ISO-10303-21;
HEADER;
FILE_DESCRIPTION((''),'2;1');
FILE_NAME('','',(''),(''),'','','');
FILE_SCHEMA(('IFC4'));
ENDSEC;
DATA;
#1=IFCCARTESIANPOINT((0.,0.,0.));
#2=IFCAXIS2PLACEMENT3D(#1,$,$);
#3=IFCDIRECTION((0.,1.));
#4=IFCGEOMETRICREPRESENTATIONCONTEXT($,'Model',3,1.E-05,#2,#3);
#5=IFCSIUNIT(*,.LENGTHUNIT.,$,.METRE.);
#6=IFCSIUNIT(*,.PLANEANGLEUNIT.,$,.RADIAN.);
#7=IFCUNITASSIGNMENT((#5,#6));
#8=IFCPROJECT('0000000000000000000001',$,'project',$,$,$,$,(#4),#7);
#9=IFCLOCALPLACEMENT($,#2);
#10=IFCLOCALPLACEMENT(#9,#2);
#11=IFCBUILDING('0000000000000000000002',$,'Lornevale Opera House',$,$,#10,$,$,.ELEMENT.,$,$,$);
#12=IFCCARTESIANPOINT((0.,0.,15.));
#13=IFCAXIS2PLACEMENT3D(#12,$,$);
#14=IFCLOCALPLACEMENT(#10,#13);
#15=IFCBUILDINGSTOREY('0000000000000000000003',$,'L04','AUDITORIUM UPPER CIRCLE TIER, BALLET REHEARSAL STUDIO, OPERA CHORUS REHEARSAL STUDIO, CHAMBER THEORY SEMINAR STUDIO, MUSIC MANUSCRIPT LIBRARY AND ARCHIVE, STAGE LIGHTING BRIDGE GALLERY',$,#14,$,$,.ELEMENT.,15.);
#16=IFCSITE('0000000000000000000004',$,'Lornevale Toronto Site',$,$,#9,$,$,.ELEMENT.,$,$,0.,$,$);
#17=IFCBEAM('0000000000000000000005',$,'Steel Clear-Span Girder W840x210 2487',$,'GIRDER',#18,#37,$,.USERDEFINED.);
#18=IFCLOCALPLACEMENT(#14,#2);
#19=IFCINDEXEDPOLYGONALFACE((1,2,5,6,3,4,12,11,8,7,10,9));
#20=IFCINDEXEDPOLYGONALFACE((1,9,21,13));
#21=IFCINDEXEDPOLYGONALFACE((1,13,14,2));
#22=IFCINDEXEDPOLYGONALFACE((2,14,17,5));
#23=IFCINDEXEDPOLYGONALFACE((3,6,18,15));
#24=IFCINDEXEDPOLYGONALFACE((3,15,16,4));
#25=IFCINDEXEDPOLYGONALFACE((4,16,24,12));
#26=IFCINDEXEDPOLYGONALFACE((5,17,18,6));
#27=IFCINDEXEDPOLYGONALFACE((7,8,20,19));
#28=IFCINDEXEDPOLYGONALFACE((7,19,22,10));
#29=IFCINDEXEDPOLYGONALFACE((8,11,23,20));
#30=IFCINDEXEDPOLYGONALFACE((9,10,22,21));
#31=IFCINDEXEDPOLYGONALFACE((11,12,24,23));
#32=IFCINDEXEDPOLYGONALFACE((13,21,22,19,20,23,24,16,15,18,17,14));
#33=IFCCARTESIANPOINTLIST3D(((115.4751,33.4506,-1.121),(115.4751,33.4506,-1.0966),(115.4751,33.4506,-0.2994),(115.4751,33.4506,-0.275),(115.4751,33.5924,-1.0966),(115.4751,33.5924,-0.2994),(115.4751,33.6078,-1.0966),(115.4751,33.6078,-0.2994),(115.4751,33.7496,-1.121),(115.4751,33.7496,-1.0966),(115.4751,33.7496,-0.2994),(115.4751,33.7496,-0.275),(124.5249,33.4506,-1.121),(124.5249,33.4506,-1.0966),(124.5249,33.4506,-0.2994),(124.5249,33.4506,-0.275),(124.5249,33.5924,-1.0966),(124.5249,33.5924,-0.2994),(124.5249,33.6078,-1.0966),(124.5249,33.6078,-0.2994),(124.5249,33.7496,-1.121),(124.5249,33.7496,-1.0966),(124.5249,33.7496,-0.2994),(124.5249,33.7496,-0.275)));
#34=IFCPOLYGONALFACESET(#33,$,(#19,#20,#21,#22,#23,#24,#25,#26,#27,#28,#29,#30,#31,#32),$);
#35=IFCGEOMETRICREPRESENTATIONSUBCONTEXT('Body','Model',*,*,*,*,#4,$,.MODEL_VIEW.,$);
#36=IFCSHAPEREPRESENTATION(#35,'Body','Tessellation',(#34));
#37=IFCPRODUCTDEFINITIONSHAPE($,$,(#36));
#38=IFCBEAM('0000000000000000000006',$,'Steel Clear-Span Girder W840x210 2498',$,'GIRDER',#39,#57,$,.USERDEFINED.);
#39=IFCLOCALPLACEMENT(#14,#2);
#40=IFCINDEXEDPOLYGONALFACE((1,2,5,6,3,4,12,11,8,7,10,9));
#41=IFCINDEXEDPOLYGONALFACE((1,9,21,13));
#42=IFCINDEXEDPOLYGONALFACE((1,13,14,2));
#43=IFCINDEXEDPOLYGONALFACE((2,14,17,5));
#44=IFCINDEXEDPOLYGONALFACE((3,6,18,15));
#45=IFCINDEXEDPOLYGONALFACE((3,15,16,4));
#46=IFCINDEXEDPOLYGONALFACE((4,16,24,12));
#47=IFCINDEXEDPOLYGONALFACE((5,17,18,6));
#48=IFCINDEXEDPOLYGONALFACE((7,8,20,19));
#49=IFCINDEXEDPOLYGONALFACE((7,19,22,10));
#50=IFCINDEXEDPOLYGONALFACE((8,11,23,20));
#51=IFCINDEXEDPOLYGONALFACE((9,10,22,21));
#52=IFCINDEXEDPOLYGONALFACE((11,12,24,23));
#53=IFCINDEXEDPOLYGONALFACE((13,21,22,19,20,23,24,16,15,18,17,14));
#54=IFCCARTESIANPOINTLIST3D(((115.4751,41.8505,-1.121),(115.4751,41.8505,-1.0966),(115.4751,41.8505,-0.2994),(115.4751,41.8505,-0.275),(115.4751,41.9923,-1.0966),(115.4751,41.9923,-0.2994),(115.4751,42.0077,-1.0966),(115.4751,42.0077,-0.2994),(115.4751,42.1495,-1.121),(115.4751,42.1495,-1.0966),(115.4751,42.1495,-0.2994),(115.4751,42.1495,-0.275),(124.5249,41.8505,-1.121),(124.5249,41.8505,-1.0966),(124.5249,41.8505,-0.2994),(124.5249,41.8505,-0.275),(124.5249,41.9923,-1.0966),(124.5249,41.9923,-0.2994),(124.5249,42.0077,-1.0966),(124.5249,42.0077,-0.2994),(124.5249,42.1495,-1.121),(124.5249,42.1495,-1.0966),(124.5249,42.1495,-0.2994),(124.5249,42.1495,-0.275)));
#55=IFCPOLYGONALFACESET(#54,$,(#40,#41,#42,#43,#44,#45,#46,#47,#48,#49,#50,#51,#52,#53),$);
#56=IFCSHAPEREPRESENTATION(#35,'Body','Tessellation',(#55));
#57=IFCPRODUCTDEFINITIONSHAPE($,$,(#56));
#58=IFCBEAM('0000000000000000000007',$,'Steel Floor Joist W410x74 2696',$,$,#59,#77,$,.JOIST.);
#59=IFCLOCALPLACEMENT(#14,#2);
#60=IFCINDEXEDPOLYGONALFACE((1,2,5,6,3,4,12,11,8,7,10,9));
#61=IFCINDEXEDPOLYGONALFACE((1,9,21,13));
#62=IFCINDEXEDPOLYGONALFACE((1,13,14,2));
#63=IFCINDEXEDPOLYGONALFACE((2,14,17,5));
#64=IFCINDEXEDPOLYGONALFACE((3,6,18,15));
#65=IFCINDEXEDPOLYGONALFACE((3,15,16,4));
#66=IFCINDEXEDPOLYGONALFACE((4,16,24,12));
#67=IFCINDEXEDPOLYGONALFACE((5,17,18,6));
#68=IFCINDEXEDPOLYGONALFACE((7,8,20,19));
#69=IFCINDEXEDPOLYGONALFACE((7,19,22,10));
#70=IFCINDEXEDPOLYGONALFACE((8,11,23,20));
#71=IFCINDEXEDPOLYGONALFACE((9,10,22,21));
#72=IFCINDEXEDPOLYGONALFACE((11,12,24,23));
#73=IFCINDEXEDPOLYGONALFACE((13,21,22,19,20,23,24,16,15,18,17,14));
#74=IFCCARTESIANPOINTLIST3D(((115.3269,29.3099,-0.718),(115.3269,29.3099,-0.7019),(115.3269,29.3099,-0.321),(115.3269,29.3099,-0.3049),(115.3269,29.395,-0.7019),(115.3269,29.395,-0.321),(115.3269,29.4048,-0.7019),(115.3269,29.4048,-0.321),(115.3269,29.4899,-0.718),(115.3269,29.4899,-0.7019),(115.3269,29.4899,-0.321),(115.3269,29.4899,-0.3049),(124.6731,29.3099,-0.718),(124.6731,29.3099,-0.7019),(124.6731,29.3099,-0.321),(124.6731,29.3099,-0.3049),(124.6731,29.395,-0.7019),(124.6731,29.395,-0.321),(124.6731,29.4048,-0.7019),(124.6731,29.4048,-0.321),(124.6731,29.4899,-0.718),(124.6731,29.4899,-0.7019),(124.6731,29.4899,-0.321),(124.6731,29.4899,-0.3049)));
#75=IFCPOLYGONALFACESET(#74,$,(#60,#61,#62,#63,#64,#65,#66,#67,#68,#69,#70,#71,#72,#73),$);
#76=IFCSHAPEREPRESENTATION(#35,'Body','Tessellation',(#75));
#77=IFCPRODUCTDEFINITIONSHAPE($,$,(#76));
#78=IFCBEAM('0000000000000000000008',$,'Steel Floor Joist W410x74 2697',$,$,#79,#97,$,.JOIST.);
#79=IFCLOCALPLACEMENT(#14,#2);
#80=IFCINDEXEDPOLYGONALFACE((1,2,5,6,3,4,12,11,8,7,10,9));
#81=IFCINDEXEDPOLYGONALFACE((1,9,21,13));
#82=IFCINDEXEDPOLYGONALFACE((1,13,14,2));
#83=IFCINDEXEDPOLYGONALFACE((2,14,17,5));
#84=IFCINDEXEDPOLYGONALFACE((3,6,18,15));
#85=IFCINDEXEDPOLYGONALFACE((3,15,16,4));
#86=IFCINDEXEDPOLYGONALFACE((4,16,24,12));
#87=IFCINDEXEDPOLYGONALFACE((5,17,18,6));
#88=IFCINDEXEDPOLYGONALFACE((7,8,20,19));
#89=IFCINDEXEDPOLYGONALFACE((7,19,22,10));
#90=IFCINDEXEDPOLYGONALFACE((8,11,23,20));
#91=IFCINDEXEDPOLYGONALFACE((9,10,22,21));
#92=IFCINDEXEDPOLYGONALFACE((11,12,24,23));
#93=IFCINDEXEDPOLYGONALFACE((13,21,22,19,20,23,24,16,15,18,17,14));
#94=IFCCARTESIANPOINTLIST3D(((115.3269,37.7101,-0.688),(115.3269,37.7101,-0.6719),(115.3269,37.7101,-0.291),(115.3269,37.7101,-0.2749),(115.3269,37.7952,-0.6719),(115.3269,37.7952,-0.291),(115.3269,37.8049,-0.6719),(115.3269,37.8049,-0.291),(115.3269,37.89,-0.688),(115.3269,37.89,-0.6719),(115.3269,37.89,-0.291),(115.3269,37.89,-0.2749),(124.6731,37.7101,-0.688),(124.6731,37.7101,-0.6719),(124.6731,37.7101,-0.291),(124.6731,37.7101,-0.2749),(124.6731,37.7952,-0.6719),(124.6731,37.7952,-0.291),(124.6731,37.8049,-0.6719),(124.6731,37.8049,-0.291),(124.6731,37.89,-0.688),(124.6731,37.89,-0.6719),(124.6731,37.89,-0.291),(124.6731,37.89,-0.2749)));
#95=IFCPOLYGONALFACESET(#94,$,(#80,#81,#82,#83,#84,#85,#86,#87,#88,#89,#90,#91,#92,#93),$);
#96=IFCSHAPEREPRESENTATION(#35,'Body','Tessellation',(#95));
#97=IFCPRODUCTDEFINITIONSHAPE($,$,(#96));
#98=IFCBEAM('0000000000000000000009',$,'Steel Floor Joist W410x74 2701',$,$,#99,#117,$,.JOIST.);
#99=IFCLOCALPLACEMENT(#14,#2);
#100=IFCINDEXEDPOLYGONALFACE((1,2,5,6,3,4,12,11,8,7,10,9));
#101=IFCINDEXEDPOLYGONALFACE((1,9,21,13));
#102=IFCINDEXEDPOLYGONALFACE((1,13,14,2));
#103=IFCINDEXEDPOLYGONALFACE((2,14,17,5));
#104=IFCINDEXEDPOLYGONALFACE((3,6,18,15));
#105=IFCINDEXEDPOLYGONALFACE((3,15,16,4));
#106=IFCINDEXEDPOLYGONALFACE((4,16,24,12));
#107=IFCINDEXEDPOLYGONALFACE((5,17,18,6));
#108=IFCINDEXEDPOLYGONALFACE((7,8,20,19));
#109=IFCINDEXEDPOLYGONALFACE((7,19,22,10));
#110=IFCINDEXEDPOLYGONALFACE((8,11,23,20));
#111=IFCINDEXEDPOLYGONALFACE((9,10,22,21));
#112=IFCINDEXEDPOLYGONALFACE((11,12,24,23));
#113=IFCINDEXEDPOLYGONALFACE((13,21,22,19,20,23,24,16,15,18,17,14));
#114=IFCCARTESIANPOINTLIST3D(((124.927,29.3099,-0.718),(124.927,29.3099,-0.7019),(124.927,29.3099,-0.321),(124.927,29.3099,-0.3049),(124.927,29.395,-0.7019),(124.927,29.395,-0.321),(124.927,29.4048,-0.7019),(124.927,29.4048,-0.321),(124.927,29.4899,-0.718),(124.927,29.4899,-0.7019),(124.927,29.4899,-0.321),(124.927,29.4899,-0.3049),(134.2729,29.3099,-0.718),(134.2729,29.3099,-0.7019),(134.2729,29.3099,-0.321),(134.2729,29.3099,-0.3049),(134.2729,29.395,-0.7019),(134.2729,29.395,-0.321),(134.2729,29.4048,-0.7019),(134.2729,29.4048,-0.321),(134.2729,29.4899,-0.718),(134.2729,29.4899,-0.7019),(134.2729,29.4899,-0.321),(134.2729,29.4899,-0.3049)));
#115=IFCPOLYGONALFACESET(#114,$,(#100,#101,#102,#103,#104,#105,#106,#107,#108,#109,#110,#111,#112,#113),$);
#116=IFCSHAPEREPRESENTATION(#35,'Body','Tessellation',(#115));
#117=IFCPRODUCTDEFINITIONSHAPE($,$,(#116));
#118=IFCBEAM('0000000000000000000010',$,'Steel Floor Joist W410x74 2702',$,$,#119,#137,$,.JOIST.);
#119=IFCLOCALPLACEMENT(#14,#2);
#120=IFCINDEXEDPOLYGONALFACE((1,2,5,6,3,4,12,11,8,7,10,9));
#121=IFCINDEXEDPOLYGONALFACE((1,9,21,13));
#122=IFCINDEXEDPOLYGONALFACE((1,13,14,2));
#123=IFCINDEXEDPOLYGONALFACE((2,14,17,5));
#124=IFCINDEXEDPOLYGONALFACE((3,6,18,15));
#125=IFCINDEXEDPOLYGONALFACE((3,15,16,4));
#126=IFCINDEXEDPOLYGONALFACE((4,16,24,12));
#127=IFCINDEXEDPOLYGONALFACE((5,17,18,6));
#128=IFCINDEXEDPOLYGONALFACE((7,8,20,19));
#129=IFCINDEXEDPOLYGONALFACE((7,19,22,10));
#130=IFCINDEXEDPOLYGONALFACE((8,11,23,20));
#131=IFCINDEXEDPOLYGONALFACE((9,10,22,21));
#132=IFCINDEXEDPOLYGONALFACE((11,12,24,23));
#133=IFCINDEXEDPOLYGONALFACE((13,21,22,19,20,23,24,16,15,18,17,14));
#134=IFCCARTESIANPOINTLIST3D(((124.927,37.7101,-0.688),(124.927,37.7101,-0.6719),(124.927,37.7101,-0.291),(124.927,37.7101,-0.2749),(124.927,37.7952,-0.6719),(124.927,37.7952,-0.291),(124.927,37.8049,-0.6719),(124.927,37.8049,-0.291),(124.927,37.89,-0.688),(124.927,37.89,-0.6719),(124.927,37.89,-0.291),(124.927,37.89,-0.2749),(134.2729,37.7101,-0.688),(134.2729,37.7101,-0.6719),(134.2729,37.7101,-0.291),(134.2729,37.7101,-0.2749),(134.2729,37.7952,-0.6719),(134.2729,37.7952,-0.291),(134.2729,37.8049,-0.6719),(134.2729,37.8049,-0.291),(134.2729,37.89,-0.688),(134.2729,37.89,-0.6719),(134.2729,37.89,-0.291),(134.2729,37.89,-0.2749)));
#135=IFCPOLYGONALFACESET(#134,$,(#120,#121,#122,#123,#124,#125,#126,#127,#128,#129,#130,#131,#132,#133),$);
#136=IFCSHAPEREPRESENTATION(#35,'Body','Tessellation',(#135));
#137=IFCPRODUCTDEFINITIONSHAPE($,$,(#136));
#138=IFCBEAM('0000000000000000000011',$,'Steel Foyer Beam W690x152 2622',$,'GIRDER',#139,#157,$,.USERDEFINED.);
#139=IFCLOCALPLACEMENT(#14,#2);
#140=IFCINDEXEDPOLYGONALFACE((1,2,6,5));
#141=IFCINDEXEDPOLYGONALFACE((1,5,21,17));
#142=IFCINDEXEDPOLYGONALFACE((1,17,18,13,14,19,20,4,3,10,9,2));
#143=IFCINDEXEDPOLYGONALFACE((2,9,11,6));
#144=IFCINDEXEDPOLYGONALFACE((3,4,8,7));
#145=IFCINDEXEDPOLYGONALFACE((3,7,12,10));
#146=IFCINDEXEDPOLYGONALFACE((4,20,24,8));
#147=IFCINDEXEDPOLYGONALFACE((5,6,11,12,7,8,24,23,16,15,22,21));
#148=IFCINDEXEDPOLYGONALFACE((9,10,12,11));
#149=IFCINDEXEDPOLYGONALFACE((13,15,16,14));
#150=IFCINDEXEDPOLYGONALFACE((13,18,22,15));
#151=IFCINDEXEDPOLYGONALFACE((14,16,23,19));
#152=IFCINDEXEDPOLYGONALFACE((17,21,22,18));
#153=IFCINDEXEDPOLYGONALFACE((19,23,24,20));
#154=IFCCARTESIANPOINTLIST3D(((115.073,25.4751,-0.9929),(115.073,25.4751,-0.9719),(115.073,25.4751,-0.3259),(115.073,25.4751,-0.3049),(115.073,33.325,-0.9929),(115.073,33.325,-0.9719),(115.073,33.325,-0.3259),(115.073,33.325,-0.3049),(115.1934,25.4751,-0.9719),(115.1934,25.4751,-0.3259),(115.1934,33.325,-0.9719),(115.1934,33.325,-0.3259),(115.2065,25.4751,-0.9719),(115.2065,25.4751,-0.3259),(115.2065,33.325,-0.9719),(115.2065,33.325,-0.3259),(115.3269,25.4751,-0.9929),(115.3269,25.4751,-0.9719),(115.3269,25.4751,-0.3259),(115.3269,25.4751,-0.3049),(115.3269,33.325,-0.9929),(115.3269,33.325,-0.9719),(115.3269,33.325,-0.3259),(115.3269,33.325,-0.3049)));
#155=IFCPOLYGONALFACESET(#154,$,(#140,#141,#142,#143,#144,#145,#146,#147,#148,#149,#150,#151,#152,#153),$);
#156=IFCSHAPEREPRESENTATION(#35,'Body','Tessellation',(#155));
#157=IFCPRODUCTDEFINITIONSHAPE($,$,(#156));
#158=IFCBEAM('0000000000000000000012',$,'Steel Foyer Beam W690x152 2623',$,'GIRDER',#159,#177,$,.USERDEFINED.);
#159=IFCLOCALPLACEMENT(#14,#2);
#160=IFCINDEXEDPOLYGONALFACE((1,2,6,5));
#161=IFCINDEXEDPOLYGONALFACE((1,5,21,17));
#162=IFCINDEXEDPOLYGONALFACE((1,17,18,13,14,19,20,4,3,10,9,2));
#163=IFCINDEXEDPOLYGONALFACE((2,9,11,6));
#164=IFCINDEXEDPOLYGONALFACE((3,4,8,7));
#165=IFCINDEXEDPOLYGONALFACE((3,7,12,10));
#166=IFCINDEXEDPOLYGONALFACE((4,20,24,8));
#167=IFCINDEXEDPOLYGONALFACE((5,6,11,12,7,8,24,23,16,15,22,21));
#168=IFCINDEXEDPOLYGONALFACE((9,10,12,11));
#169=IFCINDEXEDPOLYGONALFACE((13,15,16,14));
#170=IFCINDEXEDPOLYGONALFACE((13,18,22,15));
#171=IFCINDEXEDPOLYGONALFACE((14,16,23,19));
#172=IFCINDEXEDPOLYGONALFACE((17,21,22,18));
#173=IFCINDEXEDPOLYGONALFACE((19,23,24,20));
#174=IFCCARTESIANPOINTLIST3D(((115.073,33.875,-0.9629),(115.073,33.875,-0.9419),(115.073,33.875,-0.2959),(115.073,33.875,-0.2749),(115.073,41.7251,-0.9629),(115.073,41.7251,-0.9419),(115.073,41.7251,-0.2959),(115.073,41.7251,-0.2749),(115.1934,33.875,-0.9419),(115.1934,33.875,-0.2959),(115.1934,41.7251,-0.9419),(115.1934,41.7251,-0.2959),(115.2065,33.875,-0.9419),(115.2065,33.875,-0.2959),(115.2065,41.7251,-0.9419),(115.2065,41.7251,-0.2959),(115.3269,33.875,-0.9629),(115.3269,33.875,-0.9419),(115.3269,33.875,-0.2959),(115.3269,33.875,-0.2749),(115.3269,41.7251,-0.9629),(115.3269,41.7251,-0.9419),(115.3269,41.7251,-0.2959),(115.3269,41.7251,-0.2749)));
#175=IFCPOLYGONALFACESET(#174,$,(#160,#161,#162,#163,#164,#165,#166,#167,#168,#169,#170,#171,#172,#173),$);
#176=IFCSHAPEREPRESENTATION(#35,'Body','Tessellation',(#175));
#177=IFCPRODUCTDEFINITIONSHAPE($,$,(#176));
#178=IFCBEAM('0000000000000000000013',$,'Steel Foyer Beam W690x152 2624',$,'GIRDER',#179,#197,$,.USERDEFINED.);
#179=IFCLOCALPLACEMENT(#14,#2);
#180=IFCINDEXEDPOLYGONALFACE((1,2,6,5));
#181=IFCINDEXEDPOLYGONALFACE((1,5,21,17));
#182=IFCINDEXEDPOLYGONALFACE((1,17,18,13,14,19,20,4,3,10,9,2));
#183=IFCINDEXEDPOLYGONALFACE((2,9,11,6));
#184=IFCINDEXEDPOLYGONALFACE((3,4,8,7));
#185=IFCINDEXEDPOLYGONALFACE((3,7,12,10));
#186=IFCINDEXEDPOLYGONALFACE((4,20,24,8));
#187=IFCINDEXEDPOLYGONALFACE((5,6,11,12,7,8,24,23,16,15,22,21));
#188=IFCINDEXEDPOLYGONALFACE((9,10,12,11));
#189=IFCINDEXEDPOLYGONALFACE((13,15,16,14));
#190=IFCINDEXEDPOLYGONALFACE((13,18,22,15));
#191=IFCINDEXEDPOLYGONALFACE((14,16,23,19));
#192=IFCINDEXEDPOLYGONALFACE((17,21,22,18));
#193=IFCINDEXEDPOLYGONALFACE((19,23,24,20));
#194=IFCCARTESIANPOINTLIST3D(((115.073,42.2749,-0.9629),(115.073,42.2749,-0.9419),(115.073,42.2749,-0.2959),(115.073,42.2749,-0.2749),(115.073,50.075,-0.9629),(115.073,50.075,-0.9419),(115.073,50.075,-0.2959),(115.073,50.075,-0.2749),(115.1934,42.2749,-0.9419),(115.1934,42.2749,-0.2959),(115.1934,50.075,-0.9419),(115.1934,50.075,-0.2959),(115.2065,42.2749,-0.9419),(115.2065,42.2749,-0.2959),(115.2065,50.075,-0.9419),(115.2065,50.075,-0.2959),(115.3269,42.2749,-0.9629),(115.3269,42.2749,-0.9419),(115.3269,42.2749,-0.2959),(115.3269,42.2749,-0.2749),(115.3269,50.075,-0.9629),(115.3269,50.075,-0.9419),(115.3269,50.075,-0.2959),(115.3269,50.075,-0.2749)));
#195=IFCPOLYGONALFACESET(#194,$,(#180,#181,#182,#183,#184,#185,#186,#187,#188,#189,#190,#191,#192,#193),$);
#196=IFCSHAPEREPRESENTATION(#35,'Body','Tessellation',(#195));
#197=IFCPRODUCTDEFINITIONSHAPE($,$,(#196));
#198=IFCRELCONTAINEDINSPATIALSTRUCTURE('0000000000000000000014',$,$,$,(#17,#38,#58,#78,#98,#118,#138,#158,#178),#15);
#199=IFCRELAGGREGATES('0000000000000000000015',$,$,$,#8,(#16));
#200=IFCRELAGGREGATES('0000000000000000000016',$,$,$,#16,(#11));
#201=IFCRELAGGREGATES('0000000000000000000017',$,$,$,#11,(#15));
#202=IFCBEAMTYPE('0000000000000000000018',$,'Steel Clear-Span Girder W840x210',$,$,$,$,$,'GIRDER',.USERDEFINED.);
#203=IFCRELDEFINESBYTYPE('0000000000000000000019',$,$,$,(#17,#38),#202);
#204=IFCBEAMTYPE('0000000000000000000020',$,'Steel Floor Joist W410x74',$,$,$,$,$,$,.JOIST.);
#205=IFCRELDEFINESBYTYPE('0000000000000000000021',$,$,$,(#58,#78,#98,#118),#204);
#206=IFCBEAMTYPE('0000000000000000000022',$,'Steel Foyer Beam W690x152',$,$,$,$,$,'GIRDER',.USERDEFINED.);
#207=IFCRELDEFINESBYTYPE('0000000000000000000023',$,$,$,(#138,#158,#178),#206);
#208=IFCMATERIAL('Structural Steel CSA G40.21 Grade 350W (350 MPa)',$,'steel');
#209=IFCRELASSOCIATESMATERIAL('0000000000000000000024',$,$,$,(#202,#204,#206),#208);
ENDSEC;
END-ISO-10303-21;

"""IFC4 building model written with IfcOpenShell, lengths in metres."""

from ifc_helpers import new_model, si_unit, direction, frame, origin, origin_2d, place, context, subcontext, project, spatial, i_section, extrude, material, material_profile, profile_set, type_object, element, save


model = new_model("IFC4")

# Units and contexts
model_context = context("Model", 3, precision=1e-05, world=origin(), true_north=direction((0.0, 1.0)))
body_context = subcontext(model_context, "Body", "Model", "MODEL_VIEW")
ifc_project = project(units=[si_unit("LENGTHUNIT", "METRE"), si_unit("PLANEANGLEUNIT", "RADIAN")], contexts=[model_context])

# Site, building, storey
site_placement = place(None, origin())
site = spatial("IfcSite", under=ifc_project, at=site_placement, Name="Lornevale Toronto Site", CompositionType="ELEMENT", RefElevation=0.0)
building_placement = place(site_placement, origin())
building = spatial("IfcBuilding", under=site, at=building_placement, Name="Lornevale Opera House", CompositionType="ELEMENT")
storey_placement = place(building_placement, frame((0.0, 0.0, 15.0)))
storey = spatial("IfcBuildingStorey", under=building, at=storey_placement, Name="L04", Description="AUDITORIUM UPPER CIRCLE TIER, BALLET REHEARSAL STUDIO, OPERA CHORUS REHEARSAL STUDIO, CHAMBER THEORY SEMINAR STUDIO, MUSIC MANUSCRIPT LIBRARY AND ARCHIVE, STAGE LIGHTING BRIDGE GALLERY", CompositionType="ELEMENT", Elevation=15.0)

# Shared definitions
ifc_material_1 = material(Name="Structural Steel CSA G40.21 Grade 350W (350 MPa)", Category="steel")

# Beams
ifc_material_profile_1 = material_profile(ifc_material_1, i_section(OverallWidth=0.2991, OverallDepth=0.8459, WebThickness=0.0154, FlangeThickness=0.0244, at=origin_2d()), Name="W840x210")
ifc_profile_set_1 = profile_set([ifc_material_profile_1], Name="Structural Steel CSA G40.21 Grade 350W (350 MPa)")
beam_type_1 = type_object("IfcBeamType", Name="Steel Clear-Span Girder W840x210", ElementType="GIRDER", PredefinedType="USERDEFINED", material=ifc_profile_set_1)
for number, where, z_axis, x_axis, name in (
    (1, (115.4751, 33.6001, -0.698), (1.0, 0.0, 0.0), (0.0, 1.0, 0.0), "Steel Clear-Span Girder W840x210 2487"),
    (2, (115.4751, 42.0, -0.698), (1.0, 0.0, 0.0), (0.0, 1.0, 0.0), "Steel Clear-Span Girder W840x210 2498"),
):
    element("IfcBeam", number, at=place(storey_placement, frame(where, z_axis=z_axis, x_axis=x_axis)), inside=storey, type_object=beam_type_1, Name=name, ObjectType="GIRDER", PredefinedType="USERDEFINED", context=body_context, shape_type="SweptSolid", body=[
        extrude(i_section(OverallWidth=0.2991, OverallDepth=0.8459, WebThickness=0.0154, FlangeThickness=0.0244, at=origin_2d()), origin(), (0.0, 0.0, 1.0), 9.0498),
    ])
ifc_material_profile_2 = material_profile(ifc_material_1, i_section(OverallWidth=0.1799, OverallDepth=0.4131, WebThickness=0.0098, FlangeThickness=0.0161, at=origin_2d()), Name="W410x74")
ifc_profile_set_2 = profile_set([ifc_material_profile_2], Name="Structural Steel CSA G40.21 Grade 350W (350 MPa)")
beam_type_2 = type_object("IfcBeamType", Name="Steel Floor Joist W410x74", PredefinedType="JOIST", material=ifc_profile_set_2)
for number, where, z_axis, x_axis, name in (
    (3, (115.3269, 29.3999, -0.5115), (1.0, 0.0, 0.0), (0.0, 1.0, 0.0), "Steel Floor Joist W410x74 2696"),
    (4, (115.3269, 37.8, -0.4814), (1.0, 0.0, 0.0), (0.0, 1.0, 0.0), "Steel Floor Joist W410x74 2697"),
):
    element("IfcBeam", number, at=place(storey_placement, frame(where, z_axis=z_axis, x_axis=x_axis)), inside=storey, type_object=beam_type_2, Name=name, PredefinedType="JOIST", context=body_context, shape_type="SweptSolid", body=[
        extrude(i_section(OverallWidth=0.1799, OverallDepth=0.4131, WebThickness=0.0098, FlangeThickness=0.0161, at=origin_2d()), origin(), (0.0, 0.0, 1.0), 9.3462),
    ])
for number, where, z_axis, x_axis, name in (
    (5, (124.927, 29.3999, -0.5115), (1.0, 0.0, 0.0), (0.0, 1.0, 0.0), "Steel Floor Joist W410x74 2701"),
    (6, (124.927, 37.8, -0.4814), (1.0, 0.0, 0.0), (0.0, 1.0, 0.0), "Steel Floor Joist W410x74 2702"),
):
    element("IfcBeam", number, at=place(storey_placement, frame(where, z_axis=z_axis, x_axis=x_axis)), inside=storey, type_object=beam_type_2, Name=name, PredefinedType="JOIST", context=body_context, shape_type="SweptSolid", body=[
        extrude(i_section(OverallWidth=0.1799, OverallDepth=0.4131, WebThickness=0.0098, FlangeThickness=0.0161, at=origin_2d()), origin(), (0.0, 0.0, 1.0), 9.3459),
    ])
ifc_material_profile_3 = material_profile(ifc_material_1, i_section(OverallWidth=0.2539, OverallDepth=0.688, WebThickness=0.0132, FlangeThickness=0.021, at=origin_2d()), Name="W690x152")
ifc_profile_set_3 = profile_set([ifc_material_profile_3], Name="Structural Steel CSA G40.21 Grade 350W (350 MPa)")
beam_type_3 = type_object("IfcBeamType", Name="Steel Foyer Beam W690x152", ElementType="GIRDER", PredefinedType="USERDEFINED", material=ifc_profile_set_3)
beam_1_placement = place(storey_placement, frame((115.2, 25.4751, -0.6489), z_axis=(0.0, 1.0, 0.0), x_axis=(-1.0, 0.0, 0.0)))
element("IfcBeam", 7, at=beam_1_placement, inside=storey, type_object=beam_type_3, Name="Steel Foyer Beam W690x152 2622", ObjectType="GIRDER", PredefinedType="USERDEFINED", context=body_context, shape_type="SweptSolid", body=[
    extrude(i_section(OverallWidth=0.2539, OverallDepth=0.688, WebThickness=0.0132, FlangeThickness=0.021, at=origin_2d()), origin(), (0.0, 0.0, 1.0), 7.8499),
])
beam_2_placement = place(storey_placement, frame((115.2, 33.875, -0.6189), z_axis=(0.0, 1.0, 0.0), x_axis=(-1.0, 0.0, 0.0)))
element("IfcBeam", 8, at=beam_2_placement, inside=storey, type_object=beam_type_3, Name="Steel Foyer Beam W690x152 2623", ObjectType="GIRDER", PredefinedType="USERDEFINED", context=body_context, shape_type="SweptSolid", body=[
    extrude(i_section(OverallWidth=0.2539, OverallDepth=0.688, WebThickness=0.0132, FlangeThickness=0.021, at=origin_2d()), origin(), (0.0, 0.0, 1.0), 7.8501),
])
beam_3_placement = place(storey_placement, frame((115.2, 42.2749, -0.6189), z_axis=(0.0, 1.0, 0.0), x_axis=(-1.0, 0.0, 0.0)))
element("IfcBeam", 9, at=beam_3_placement, inside=storey, type_object=beam_type_3, Name="Steel Foyer Beam W690x152 2624", ObjectType="GIRDER", PredefinedType="USERDEFINED", context=body_context, shape_type="SweptSolid", body=[
    extrude(i_section(OverallWidth=0.2539, OverallDepth=0.688, WebThickness=0.0132, FlangeThickness=0.021, at=origin_2d()), origin(), (0.0, 0.0, 1.0), 7.8),
])

save(model, "model.ifc")
